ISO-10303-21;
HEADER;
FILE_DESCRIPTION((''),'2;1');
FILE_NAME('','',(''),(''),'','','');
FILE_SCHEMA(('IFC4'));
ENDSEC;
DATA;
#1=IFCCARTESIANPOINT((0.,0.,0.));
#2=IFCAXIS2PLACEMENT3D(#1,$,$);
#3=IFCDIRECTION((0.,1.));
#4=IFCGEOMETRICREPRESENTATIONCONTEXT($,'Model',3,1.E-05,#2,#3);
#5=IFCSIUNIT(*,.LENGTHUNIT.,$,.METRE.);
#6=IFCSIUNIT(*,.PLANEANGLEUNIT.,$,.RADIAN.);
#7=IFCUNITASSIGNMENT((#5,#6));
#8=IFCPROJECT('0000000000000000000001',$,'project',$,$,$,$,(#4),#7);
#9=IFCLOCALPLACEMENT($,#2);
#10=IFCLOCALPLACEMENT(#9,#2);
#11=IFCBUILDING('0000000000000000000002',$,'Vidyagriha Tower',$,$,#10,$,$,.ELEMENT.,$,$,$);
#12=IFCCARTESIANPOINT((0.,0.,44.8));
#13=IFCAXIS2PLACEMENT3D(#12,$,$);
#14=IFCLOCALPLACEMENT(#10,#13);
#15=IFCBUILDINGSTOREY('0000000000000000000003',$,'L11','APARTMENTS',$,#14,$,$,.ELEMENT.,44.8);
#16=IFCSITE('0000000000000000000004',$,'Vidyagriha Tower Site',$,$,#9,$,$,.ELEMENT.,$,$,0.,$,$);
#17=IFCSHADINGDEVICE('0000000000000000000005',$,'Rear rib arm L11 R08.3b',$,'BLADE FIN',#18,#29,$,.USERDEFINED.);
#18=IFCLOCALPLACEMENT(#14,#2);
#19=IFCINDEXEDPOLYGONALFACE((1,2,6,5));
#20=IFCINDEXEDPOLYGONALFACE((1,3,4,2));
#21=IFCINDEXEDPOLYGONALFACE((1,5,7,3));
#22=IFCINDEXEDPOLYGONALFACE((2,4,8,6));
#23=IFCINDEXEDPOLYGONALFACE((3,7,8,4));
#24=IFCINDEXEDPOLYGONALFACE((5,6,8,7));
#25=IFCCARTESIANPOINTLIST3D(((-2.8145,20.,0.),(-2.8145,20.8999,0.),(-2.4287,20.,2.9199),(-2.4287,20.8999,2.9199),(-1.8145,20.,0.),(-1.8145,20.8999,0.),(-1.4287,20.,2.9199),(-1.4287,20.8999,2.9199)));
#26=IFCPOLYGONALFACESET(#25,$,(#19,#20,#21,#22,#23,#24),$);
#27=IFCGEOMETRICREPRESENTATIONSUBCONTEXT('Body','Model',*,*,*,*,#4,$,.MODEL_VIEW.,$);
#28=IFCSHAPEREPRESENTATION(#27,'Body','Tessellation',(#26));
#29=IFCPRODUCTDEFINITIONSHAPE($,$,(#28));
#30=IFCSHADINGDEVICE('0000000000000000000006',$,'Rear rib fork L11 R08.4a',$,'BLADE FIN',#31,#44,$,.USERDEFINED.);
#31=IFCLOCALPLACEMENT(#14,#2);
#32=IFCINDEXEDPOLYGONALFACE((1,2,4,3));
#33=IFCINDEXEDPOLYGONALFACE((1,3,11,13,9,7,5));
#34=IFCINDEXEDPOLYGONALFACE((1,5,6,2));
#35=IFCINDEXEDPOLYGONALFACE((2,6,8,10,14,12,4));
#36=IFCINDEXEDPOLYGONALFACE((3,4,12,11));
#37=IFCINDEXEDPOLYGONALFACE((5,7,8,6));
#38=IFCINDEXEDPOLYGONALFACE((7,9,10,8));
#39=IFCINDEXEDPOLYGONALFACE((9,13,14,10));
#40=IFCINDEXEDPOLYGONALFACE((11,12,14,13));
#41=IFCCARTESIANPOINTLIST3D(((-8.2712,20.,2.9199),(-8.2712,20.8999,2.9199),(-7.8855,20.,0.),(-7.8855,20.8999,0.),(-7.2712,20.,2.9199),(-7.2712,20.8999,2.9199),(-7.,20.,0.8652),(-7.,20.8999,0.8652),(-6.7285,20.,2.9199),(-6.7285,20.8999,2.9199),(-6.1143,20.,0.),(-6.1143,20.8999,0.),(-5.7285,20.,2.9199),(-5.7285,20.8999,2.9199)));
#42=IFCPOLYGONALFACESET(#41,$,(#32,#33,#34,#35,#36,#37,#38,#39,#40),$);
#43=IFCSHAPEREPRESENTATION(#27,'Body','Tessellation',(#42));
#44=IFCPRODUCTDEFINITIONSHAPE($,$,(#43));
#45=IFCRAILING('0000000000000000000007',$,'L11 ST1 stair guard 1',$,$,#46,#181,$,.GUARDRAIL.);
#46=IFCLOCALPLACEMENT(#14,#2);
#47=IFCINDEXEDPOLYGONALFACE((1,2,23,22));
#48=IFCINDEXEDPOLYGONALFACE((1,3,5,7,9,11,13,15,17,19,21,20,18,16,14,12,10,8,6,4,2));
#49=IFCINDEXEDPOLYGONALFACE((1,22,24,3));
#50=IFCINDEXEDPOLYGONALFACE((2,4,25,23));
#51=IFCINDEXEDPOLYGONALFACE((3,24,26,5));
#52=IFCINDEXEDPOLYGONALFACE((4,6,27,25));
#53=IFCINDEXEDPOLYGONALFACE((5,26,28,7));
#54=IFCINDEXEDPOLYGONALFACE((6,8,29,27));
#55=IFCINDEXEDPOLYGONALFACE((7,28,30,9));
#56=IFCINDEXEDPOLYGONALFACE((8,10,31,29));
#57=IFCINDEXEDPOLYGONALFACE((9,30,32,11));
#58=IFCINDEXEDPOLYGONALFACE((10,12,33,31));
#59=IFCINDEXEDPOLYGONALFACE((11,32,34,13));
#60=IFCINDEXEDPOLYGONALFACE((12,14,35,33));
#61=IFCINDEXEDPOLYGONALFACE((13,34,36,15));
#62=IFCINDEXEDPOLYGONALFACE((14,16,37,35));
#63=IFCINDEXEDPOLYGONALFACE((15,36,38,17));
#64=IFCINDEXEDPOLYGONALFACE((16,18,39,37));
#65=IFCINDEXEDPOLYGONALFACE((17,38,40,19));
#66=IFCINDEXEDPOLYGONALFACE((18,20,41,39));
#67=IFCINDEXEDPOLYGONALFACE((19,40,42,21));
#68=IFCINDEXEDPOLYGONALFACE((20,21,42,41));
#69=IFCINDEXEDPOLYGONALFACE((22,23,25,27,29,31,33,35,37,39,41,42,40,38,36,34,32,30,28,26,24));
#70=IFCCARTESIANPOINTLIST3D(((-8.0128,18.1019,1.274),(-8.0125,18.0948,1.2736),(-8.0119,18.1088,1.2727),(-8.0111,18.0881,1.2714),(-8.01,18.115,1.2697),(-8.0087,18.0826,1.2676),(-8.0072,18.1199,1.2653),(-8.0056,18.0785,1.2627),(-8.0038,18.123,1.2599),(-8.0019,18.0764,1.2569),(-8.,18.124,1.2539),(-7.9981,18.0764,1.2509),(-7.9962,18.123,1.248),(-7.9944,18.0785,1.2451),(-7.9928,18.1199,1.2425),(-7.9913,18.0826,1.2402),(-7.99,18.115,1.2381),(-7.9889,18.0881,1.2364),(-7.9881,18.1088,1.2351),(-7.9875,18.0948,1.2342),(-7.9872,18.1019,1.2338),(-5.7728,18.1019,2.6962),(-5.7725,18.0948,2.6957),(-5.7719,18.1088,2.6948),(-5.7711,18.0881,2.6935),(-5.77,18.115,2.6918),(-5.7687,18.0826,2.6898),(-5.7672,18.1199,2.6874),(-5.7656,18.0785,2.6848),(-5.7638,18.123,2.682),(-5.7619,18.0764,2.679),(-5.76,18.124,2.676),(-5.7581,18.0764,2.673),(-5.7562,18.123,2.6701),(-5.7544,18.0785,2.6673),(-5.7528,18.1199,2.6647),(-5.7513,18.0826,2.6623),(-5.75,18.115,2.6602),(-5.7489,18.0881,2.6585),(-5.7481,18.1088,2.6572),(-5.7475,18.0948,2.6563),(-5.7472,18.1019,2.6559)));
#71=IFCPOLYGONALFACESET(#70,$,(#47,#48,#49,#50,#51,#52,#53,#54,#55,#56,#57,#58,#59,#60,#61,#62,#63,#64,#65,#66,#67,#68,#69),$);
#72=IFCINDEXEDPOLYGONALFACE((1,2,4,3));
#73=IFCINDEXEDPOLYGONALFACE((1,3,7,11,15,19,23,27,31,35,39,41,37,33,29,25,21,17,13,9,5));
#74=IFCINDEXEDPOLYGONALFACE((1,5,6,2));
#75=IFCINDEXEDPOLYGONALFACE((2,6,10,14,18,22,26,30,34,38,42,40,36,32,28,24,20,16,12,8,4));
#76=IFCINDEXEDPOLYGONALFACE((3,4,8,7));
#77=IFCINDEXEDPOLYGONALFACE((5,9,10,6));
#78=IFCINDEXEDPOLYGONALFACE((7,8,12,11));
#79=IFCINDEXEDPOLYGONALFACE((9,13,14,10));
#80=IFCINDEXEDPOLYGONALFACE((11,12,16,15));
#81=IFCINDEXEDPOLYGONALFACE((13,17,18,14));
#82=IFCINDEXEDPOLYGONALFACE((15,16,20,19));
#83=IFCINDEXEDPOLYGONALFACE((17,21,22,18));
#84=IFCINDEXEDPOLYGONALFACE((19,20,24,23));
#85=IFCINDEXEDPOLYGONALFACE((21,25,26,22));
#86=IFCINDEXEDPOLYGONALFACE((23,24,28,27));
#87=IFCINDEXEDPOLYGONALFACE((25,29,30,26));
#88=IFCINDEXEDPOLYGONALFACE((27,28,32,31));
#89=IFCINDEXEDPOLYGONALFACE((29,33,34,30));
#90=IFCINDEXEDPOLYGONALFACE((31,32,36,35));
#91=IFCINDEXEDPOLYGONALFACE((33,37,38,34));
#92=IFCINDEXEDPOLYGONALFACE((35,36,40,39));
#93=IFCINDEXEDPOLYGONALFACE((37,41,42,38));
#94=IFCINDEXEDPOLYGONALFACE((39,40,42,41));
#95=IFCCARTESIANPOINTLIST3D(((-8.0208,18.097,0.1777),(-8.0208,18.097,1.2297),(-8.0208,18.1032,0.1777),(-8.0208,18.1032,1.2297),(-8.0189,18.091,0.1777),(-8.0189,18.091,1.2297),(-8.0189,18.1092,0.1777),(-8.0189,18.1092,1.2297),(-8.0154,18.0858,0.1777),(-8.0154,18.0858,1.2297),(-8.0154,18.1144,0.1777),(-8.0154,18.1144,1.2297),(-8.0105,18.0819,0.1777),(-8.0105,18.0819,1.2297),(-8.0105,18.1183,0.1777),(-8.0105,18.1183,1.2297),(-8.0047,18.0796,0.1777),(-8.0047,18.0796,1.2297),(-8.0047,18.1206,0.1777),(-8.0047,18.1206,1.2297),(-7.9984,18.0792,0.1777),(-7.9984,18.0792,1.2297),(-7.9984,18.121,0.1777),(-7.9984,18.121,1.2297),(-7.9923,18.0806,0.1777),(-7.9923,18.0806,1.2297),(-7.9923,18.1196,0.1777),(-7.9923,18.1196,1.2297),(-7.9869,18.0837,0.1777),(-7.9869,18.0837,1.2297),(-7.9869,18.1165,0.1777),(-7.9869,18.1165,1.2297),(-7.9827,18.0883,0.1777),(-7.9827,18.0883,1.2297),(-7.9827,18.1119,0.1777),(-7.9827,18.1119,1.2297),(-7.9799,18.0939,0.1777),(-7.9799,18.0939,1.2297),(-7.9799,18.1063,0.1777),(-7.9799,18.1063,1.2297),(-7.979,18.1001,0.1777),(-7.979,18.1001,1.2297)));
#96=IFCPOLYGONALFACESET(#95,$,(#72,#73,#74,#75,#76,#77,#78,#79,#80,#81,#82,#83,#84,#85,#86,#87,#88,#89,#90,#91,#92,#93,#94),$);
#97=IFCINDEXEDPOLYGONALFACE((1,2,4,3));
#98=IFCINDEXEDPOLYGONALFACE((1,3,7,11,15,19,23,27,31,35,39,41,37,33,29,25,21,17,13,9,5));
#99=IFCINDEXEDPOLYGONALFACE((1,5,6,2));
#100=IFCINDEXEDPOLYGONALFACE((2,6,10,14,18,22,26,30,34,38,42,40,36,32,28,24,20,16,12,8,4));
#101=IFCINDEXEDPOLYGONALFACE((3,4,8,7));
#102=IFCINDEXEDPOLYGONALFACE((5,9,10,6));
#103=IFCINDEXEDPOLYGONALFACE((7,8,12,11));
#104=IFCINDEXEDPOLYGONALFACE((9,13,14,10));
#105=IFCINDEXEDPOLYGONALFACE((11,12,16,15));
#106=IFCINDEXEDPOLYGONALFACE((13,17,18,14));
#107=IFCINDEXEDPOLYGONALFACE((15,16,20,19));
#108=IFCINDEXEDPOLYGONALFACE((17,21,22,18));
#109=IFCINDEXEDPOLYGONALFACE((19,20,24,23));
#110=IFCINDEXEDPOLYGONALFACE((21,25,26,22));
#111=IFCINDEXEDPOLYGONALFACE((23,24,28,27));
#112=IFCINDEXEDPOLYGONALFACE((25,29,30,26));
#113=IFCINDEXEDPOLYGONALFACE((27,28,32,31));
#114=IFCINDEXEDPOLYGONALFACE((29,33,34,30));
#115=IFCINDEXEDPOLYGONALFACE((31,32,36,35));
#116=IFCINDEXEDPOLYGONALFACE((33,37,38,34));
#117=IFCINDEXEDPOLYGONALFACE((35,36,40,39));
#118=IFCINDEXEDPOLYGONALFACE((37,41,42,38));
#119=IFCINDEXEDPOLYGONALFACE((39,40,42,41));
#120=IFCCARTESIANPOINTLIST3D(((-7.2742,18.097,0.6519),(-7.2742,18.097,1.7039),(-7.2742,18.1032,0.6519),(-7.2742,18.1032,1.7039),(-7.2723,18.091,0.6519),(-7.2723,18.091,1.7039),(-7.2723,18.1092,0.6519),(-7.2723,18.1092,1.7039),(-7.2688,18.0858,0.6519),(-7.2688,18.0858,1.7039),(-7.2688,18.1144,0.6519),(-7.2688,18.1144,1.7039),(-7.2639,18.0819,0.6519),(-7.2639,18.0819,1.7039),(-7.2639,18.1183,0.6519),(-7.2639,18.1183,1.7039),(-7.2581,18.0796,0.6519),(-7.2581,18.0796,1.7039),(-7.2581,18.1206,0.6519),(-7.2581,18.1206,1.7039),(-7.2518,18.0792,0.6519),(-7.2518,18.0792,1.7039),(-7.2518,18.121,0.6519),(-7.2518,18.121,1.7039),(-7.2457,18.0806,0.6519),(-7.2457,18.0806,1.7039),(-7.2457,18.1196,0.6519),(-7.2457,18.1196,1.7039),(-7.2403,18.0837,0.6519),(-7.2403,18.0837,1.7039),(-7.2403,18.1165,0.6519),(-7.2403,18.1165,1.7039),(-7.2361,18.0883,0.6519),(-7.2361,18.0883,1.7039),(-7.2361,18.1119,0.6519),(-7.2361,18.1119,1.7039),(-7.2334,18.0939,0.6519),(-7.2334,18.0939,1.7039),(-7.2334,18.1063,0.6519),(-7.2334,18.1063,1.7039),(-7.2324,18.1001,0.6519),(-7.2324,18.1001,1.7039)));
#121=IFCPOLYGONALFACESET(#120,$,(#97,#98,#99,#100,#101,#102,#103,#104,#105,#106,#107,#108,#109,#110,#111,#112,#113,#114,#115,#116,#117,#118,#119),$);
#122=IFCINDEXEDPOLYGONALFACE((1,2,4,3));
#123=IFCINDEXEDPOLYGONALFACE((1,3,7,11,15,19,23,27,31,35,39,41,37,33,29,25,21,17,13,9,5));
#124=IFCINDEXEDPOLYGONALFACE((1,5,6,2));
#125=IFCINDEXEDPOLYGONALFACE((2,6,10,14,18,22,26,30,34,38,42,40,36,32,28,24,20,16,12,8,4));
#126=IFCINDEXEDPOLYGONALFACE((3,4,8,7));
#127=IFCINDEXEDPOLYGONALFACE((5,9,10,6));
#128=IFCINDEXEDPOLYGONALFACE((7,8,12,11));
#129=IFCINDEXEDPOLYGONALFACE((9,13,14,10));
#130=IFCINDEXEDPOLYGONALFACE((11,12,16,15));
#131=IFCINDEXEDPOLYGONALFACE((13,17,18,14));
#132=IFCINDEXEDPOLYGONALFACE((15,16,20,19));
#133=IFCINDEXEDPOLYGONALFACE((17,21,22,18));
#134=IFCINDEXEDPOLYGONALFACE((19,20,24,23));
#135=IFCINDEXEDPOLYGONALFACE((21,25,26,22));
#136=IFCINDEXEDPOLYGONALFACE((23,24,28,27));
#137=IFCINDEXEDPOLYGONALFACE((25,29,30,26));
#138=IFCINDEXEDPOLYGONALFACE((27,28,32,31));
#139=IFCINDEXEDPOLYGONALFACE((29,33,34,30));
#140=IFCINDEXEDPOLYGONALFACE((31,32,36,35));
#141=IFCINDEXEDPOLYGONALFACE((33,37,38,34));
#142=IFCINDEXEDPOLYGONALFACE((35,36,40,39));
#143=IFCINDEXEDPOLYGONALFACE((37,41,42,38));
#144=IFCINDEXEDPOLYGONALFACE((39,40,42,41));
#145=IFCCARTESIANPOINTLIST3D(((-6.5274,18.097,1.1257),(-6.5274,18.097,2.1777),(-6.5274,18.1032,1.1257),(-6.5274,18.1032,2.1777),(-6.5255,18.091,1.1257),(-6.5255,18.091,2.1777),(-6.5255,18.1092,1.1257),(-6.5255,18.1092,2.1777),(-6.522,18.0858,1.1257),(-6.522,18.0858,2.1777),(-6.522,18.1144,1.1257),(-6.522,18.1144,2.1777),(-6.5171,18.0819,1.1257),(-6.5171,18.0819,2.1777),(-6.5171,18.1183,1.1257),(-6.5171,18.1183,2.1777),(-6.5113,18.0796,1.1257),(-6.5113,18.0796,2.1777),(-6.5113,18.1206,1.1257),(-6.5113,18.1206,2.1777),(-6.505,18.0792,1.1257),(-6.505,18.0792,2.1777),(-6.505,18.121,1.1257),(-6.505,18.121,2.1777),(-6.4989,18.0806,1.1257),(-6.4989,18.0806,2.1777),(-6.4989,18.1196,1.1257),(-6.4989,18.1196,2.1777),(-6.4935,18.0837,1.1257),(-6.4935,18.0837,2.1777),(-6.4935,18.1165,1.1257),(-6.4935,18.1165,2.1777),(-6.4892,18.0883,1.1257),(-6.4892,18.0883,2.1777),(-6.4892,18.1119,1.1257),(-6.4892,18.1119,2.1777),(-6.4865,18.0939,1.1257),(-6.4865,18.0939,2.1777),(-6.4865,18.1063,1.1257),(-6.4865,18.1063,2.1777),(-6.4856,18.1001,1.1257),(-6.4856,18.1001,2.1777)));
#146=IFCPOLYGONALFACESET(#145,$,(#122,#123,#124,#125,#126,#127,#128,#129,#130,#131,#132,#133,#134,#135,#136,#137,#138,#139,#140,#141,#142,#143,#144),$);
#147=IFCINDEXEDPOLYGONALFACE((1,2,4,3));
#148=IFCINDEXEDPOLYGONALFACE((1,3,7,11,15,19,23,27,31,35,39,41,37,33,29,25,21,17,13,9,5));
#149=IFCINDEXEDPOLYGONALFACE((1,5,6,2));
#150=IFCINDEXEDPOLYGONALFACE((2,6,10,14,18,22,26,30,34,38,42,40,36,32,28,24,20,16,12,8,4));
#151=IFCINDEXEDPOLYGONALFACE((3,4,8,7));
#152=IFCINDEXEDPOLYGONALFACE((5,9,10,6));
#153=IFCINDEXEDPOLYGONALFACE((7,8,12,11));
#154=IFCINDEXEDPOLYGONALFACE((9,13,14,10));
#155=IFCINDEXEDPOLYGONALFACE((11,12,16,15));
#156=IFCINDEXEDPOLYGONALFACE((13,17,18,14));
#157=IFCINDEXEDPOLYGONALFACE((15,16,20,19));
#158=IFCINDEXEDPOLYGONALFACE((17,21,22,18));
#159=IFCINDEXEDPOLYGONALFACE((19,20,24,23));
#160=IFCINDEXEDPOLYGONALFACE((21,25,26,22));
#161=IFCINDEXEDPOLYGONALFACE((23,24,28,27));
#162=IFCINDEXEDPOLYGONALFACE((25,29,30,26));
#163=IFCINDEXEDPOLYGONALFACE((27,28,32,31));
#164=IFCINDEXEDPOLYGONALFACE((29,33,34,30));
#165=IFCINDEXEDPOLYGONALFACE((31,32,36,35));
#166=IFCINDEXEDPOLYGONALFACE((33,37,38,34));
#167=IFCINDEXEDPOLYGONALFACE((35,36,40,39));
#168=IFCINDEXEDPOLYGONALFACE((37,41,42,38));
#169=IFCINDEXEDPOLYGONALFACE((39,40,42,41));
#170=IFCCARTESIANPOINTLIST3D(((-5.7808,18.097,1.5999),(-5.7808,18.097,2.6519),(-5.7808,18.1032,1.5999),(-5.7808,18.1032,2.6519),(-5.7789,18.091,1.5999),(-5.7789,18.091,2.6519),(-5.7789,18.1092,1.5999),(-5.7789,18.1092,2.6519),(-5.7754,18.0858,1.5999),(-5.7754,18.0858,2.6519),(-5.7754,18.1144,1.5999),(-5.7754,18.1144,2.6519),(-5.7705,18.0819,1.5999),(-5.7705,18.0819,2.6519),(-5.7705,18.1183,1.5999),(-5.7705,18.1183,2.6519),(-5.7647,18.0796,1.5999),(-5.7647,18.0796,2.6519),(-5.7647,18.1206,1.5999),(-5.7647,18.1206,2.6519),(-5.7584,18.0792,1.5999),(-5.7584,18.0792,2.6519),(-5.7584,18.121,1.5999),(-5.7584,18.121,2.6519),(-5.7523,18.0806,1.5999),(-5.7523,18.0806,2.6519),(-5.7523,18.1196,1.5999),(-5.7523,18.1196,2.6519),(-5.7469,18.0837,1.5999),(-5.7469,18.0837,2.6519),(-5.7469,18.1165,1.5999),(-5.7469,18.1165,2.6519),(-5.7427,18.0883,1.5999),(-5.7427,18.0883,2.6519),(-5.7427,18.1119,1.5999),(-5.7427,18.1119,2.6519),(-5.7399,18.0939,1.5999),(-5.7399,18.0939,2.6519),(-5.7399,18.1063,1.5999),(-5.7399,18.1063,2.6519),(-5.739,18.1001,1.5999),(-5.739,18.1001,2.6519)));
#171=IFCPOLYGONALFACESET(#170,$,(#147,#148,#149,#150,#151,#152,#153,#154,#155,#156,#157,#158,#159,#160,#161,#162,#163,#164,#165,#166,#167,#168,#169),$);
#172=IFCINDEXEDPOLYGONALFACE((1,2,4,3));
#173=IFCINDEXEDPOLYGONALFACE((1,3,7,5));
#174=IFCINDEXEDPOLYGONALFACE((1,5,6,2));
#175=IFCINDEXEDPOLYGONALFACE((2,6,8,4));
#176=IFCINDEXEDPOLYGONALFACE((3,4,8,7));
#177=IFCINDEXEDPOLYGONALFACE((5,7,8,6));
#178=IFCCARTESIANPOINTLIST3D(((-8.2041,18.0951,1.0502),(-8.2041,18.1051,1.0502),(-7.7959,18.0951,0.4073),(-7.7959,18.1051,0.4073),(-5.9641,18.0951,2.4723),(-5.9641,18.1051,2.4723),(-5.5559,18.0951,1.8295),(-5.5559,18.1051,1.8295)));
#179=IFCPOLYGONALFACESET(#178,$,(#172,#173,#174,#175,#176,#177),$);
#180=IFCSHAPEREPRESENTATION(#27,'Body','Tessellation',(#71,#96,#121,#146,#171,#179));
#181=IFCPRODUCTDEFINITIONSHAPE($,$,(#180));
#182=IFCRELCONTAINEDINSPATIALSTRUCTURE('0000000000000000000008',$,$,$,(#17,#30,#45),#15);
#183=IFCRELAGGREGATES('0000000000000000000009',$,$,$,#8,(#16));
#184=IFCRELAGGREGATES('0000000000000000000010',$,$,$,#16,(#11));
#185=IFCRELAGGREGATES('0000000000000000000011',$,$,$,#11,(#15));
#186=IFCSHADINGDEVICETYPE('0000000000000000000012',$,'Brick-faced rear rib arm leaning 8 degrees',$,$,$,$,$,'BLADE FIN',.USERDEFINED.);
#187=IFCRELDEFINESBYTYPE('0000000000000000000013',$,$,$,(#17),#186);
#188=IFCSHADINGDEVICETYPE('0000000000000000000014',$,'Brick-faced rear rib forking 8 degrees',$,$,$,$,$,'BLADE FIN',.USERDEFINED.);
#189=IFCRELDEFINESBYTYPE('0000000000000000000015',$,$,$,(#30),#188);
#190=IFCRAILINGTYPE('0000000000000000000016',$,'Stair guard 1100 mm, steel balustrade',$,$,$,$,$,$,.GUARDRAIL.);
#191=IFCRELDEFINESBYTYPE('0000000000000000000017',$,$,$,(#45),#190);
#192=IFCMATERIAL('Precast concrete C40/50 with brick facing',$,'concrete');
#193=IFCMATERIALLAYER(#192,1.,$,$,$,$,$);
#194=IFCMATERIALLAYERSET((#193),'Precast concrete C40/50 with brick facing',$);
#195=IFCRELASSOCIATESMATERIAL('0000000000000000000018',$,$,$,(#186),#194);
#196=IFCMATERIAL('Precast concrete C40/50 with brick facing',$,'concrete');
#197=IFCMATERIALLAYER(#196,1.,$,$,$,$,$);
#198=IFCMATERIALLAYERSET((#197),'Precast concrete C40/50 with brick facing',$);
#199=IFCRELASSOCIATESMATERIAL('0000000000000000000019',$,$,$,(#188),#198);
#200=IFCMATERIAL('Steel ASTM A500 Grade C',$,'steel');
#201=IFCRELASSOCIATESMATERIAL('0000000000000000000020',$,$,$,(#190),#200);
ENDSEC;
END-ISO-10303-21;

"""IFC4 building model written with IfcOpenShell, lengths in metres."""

from ifc_helpers import new_model, si_unit, direction, frame, origin, origin_2d, place, context, subcontext, project, spatial, polyline, rectangle, circle, outline, extrude, material, layer, layer_set, type_object, element, save


model = new_model("IFC4")

# Units and contexts
model_context = context("Model", 3, precision=1e-05, world=origin(), true_north=direction((0.0, 1.0)))
body_context = subcontext(model_context, "Body", "Model", "MODEL_VIEW")
ifc_project = project(units=[si_unit("LENGTHUNIT", "METRE"), si_unit("PLANEANGLEUNIT", "RADIAN")], contexts=[model_context])

# Site, building, storey
site_placement = place(None, origin())
site = spatial("IfcSite", under=ifc_project, at=site_placement, Name="Vidyagriha Tower Site", CompositionType="ELEMENT", RefElevation=0.0)
building_placement = place(site_placement, origin())
building = spatial("IfcBuilding", under=site, at=building_placement, Name="Vidyagriha Tower", CompositionType="ELEMENT")
storey_placement = place(building_placement, frame((0.0, 0.0, 44.8)))
storey = spatial("IfcBuildingStorey", under=building, at=storey_placement, Name="L11", Description="APARTMENTS", CompositionType="ELEMENT", Elevation=44.8)

# Shading devices
ifc_material_1 = material(Name="Precast concrete C40/50 with brick facing", Category="concrete")
ifc_layer_1 = layer(ifc_material_1, 1.0)
ifc_layer_set_1 = layer_set([ifc_layer_1], Name="Precast concrete C40/50 with brick facing")
shading_device_type_1 = type_object("IfcShadingDeviceType", Name="Brick-faced rear rib arm leaning 8 degrees", ElementType="BLADE FIN", PredefinedType="USERDEFINED", material=ifc_layer_set_1)
shading_device_1_placement = place(storey_placement, frame((-1.4287, 20.45, 0.0), z_axis=(0.0, 0.0, 1.0), x_axis=(-1.0, 0.0, 0.0)))
element("IfcShadingDevice", 1, at=shading_device_1_placement, inside=storey, type_object=shading_device_type_1, Name="Rear rib arm L11 R08.3b", ObjectType="BLADE FIN", PredefinedType="USERDEFINED", context=body_context, shape_type="SweptSolid", body=[
    extrude(outline(polyline([(0.3857, 0.0), (1.3857, 0.0), (1.0, 2.9199), (0.0, 2.9199), (0.3857, 0.0)])), frame((0.0, 0.45, 0.0), z_axis=(0.0, -1.0, 0.0), x_axis=(1.0, 0.0, 0.0)), (0.0, 0.0, 1.0), 0.8999),
])
ifc_material_2 = material(Name="Precast concrete C40/50 with brick facing", Category="concrete")
ifc_layer_2 = layer(ifc_material_2, 1.0)
ifc_layer_set_2 = layer_set([ifc_layer_2], Name="Precast concrete C40/50 with brick facing")
shading_device_type_2 = type_object("IfcShadingDeviceType", Name="Brick-faced rear rib forking 8 degrees", ElementType="BLADE FIN", PredefinedType="USERDEFINED", material=ifc_layer_set_2)
shading_device_2_placement = place(storey_placement, frame((-5.7285, 20.45, 0.0), z_axis=(0.0, 0.0, 1.0), x_axis=(-1.0, 0.0, 0.0)))
element("IfcShadingDevice", 2, at=shading_device_2_placement, inside=storey, type_object=shading_device_type_2, Name="Rear rib fork L11 R08.4a", ObjectType="BLADE FIN", PredefinedType="USERDEFINED", context=body_context, shape_type="SweptSolid", body=[
    extrude(outline(polyline([(0.3857, 0.0), (2.157, 0.0), (2.5427, 2.9199), (1.5427, 2.9199), (1.2715, 0.8652), (1.0, 2.9199), (0.0, 2.9199), (0.3857, 0.0)])), frame((0.0, 0.45, 0.0), z_axis=(0.0, -1.0, 0.0), x_axis=(1.0, 0.0, 0.0)), (0.0, 0.0, 1.0), 0.8999),
])

# Railing
ifc_material_3 = material(Name="Steel ASTM A500 Grade C", Category="steel")
railing_type_1 = type_object("IfcRailingType", Name="Stair guard 1100 mm, steel balustrade", PredefinedType="GUARDRAIL", material=ifc_material_3)
railing_1_placement = place(storey_placement, frame((-8.0, 18.1001, 0.1777)))
element("IfcRailing", 3, at=railing_1_placement, inside=storey, type_object=railing_type_1, Name="L11 ST1 stair guard 1", PredefinedType="GUARDRAIL", context=body_context, shape_type="SweptSolid", body=[
    extrude(circle(Radius=0.0239, at=origin_2d()), frame((0.0, 0.0, 1.0762), z_axis=(0.844229, 0.0, 0.535982), x_axis=(0.0, 1.0, 0.0)), (0.0, 0.0, 1.0), 2.6533),
    extrude(circle(Radius=0.021, at=origin_2d()), origin(), (0.0, 0.0, 1.0), 1.052),
    extrude(circle(Radius=0.021, at=origin_2d()), frame((0.7466, 0.0, 0.4741)), (0.0, 0.0, 1.0), 1.052),
    extrude(circle(Radius=0.021, at=origin_2d()), frame((1.4934, 0.0, 0.948)), (0.0, 0.0, 1.0), 1.052),
    extrude(circle(Radius=0.021, at=origin_2d()), frame((2.24, 0.0, 1.4221)), (0.0, 0.0, 1.0), 1.052),
    extrude(rectangle(XDim=0.01, YDim=0.7615, at=origin_2d()), frame((0.0, 0.0, 0.551), z_axis=(0.844229, 0.0, 0.535982), x_axis=(0.0, 1.0, 0.0)), (0.0, 0.0, 1.0), 2.6533),
])

save(model, "model.ifc")
